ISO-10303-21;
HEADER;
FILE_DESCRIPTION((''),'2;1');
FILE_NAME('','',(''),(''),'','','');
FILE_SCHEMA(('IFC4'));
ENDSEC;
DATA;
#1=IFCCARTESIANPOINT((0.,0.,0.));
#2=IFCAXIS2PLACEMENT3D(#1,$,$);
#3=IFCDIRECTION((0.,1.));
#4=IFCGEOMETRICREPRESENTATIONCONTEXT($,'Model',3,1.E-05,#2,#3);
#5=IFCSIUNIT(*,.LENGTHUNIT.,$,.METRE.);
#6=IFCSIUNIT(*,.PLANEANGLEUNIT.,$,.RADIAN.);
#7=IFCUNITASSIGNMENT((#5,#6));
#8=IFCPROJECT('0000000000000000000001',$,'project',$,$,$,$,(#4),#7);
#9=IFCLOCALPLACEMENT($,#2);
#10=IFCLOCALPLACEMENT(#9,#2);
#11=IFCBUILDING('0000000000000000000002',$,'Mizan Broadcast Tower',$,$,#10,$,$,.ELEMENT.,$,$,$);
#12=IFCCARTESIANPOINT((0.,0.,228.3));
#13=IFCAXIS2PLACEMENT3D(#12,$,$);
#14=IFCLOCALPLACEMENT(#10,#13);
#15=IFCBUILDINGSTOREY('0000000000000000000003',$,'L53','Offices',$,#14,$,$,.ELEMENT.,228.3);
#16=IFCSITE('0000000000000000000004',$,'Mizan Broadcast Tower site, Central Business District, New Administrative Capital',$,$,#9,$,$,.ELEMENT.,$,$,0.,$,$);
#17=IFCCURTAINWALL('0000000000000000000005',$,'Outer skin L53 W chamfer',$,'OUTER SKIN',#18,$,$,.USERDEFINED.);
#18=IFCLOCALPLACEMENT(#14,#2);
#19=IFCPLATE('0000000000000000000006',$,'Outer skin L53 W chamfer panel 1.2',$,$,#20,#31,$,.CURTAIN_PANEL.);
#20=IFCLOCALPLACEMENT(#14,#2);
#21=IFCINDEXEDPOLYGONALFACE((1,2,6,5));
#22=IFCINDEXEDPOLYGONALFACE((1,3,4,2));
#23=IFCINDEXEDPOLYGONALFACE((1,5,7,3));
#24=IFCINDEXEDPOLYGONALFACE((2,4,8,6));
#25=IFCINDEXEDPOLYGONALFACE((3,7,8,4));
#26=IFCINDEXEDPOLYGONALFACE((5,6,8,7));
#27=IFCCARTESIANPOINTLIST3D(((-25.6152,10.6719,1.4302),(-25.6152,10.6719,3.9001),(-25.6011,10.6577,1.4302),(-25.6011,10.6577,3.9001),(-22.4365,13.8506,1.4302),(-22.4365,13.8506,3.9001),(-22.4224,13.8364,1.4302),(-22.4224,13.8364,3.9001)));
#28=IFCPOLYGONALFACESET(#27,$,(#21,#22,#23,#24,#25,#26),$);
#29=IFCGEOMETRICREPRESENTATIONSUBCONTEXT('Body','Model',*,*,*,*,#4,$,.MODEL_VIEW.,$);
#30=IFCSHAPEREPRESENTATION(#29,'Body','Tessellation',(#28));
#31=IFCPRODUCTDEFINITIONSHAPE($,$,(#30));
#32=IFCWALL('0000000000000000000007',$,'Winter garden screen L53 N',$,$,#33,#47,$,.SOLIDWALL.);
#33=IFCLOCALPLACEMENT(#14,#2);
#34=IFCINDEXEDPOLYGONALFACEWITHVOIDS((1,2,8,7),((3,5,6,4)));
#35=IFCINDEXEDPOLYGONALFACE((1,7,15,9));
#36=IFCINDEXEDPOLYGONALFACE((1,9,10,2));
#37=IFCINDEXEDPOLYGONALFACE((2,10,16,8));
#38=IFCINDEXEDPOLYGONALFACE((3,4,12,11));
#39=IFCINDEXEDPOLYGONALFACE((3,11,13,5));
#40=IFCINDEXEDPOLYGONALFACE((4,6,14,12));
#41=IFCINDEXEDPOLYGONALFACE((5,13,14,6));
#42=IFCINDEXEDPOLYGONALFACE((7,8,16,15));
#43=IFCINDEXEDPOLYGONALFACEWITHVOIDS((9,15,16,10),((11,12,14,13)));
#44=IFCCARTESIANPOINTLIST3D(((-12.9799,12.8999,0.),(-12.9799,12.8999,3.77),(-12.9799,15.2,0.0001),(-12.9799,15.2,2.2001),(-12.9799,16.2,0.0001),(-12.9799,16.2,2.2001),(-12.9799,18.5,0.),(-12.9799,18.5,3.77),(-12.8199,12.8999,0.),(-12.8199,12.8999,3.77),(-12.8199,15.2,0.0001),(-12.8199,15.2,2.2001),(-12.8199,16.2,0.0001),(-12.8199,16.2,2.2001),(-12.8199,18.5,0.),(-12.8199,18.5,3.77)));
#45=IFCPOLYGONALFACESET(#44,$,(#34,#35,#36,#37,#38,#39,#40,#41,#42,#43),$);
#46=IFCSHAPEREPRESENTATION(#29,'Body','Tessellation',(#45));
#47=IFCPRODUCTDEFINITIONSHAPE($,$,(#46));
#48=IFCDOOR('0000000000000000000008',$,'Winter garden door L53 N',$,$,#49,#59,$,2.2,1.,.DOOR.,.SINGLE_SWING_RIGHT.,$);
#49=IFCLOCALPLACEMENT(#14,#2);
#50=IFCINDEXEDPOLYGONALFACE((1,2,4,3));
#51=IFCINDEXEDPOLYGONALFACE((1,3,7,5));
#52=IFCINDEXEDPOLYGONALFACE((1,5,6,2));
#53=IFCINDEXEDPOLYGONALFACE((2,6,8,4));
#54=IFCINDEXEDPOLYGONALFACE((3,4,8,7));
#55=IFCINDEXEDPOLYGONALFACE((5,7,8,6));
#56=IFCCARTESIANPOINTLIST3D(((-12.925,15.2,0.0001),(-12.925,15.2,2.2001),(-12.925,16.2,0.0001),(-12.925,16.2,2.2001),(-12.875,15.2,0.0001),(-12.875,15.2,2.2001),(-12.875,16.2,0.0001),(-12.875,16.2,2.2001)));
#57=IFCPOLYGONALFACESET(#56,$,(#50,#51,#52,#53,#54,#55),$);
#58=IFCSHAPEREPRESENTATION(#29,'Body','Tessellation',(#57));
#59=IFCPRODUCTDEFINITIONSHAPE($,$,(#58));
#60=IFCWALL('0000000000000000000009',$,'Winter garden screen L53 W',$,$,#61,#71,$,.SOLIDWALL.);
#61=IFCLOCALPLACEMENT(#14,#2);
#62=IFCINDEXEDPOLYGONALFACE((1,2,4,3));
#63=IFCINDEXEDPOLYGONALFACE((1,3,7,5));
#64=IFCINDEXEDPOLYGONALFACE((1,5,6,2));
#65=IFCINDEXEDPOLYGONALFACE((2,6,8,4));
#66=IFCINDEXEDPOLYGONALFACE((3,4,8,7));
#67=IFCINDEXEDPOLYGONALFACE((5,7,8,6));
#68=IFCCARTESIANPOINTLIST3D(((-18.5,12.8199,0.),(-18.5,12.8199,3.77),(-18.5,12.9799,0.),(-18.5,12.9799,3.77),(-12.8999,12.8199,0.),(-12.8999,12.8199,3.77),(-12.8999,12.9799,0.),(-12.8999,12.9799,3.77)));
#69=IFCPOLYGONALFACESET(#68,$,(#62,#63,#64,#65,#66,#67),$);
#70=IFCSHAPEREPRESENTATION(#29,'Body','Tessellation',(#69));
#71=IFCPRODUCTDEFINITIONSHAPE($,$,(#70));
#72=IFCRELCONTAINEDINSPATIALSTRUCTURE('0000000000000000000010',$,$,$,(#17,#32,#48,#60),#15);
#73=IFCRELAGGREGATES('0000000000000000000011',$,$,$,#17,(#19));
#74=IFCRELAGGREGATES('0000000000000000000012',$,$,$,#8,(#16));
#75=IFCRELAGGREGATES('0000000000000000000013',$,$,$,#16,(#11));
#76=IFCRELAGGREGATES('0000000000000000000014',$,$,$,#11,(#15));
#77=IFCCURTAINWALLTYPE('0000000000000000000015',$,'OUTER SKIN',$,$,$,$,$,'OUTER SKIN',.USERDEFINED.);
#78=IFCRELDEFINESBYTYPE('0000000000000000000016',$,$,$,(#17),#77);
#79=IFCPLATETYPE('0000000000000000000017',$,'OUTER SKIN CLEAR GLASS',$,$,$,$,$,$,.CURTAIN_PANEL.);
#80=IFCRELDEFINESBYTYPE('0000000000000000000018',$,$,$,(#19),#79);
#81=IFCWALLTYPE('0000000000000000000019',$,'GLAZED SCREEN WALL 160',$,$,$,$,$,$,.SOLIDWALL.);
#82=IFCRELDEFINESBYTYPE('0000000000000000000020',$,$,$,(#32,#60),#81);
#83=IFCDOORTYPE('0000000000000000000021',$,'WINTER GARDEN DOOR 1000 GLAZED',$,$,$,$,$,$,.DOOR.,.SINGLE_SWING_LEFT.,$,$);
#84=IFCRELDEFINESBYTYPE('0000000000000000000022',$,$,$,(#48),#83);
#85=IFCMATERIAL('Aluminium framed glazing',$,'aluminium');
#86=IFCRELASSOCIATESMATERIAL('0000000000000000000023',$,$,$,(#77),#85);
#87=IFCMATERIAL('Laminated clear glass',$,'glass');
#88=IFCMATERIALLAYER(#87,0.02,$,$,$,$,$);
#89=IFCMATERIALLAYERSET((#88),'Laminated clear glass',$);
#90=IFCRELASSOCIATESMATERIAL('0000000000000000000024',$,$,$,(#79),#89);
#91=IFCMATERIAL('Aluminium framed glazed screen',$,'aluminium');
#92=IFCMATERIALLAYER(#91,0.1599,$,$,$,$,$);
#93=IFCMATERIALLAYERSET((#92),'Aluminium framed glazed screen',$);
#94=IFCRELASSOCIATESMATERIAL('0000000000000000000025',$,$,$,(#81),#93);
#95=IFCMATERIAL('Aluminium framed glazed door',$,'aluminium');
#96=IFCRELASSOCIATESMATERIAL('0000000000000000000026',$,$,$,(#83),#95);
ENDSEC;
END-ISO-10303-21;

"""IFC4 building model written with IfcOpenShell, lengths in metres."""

from ifc_helpers import new_model, si_unit, direction, frame, frame_2d, origin, origin_2d, place, context, subcontext, project, spatial, rectangle, extrude, material, layer, layer_set, type_object, element, fill, aggregate, save


model = new_model("IFC4")

# Units and contexts
model_context = context("Model", 3, precision=1e-05, world=origin(), true_north=direction((0.0, 1.0)))
body_context = subcontext(model_context, "Body", "Model", "MODEL_VIEW")
ifc_project = project(units=[si_unit("LENGTHUNIT", "METRE"), si_unit("PLANEANGLEUNIT", "RADIAN")], contexts=[model_context])

# Site, building, storey
site_placement = place(None, origin())
site = spatial("IfcSite", under=ifc_project, at=site_placement, Name="Mizan Broadcast Tower site, Central Business District, New Administrative Capital", CompositionType="ELEMENT", RefElevation=0.0)
building_placement = place(site_placement, origin())
building = spatial("IfcBuilding", under=site, at=building_placement, Name="Mizan Broadcast Tower", CompositionType="ELEMENT")
storey_placement = place(building_placement, frame((0.0, 0.0, 228.3)))
storey = spatial("IfcBuildingStorey", under=building, at=storey_placement, Name="L53", Description="Offices", CompositionType="ELEMENT", Elevation=228.3)

# Shared definitions
ifc_material_1 = material(Name="Aluminium framed glazing", Category="aluminium")
curtain_wall_type_1 = type_object("IfcCurtainWallType", Name="OUTER SKIN", ElementType="OUTER SKIN", PredefinedType="USERDEFINED", material=ifc_material_1)

# Curtain wall
curtain_wall_1_placement = place(storey_placement, origin())
curtain_wall_1 = element("IfcCurtainWall", 1, at=curtain_wall_1_placement, inside=storey, type_object=curtain_wall_type_1, Name="Outer skin L53 W chamfer", ObjectType="OUTER SKIN", PredefinedType="USERDEFINED")

# Plate
ifc_material_2 = material(Name="Laminated clear glass", Category="glass")
ifc_layer_1 = layer(ifc_material_2, 0.02)
ifc_layer_set_1 = layer_set([ifc_layer_1], Name="Laminated clear glass")
plate_type_1 = type_object("IfcPlateType", Name="OUTER SKIN CLEAR GLASS", PredefinedType="CURTAIN_PANEL", material=ifc_layer_set_1)
plate_1_placement = place(storey_placement, frame((-24.0188, 12.2542, 1.4302), z_axis=(0.0, 0.0, 1.0), x_axis=(-0.707107, -0.707107, 0.0)))
plate_1 = element("IfcPlate", 2, at=plate_1_placement, type_object=plate_type_1, Name="Outer skin L53 W chamfer panel 1.2", PredefinedType="CURTAIN_PANEL", context=body_context, shape_type="SweptSolid", body=[
    extrude(rectangle(XDim=4.4954, YDim=0.02, at=origin_2d()), origin(), (0.0, 0.0, 1.0), 2.47),
])
aggregate(curtain_wall_1, [plate_1])

# Wall, opening, door
ifc_material_3 = material(Name="Aluminium framed glazed screen", Category="aluminium")
ifc_layer_2 = layer(ifc_material_3, 0.1599)
ifc_layer_set_2 = layer_set([ifc_layer_2], Name="Aluminium framed glazed screen")
wall_type = type_object("IfcWallType", Name="GLAZED SCREEN WALL 160", PredefinedType="SOLIDWALL", material=ifc_layer_set_2)
wall_1_placement = place(storey_placement, frame((-12.8999, 18.5, 0.0), z_axis=(0.0, 0.0, 1.0), x_axis=(0.0, -1.0, 0.0)))
wall_1 = element("IfcWall", 3, at=wall_1_placement, inside=storey, type_object=wall_type, Name="Winter garden screen L53 N", PredefinedType="SOLIDWALL", context=body_context, shape_type="SweptSolid", body=[
    extrude(rectangle(XDim=5.6001, YDim=0.1599, at=frame_2d((2.8, 0.0))), origin(), (0.0, 0.0, 1.0), 3.77),
])
opening_placement = place(wall_1_placement, frame((2.3, 0.0, 0.0)))
opening = element("IfcOpeningElement", 4, at=opening_placement, cuts=wall_1, PredefinedType="OPENING", context=body_context, shape_type="SweptSolid", body=[
    extrude(rectangle(XDim=1.0, YDim=2.2, at=frame_2d((0.5, 1.1001))), frame((0.0, 0.0898, 0.0), z_axis=(0.0, -1.0, 0.0), x_axis=(1.0, 0.0, 0.0)), (0.0, 0.0, 1.0), 0.1799),
])
ifc_material_4 = material(Name="Aluminium framed glazed door", Category="aluminium")
door_type = type_object("IfcDoorType", Name="WINTER GARDEN DOOR 1000 GLAZED", OperationType="SINGLE_SWING_LEFT", PredefinedType="DOOR", material=ifc_material_4)
door_placement = place(opening_placement, origin())
door = element("IfcDoor", 5, at=door_placement, inside=storey, type_object=door_type, Name="Winter garden door L53 N", OperationType="SINGLE_SWING_RIGHT", OverallHeight=2.2, OverallWidth=1.0, PredefinedType="DOOR", context=body_context, shape_type="SweptSolid", body=[
    extrude(rectangle(XDim=1.0, YDim=2.2, at=frame_2d((0.5, 1.1001))), frame((0.0, 0.0249, 0.0), z_axis=(0.0, -1.0, 0.0), x_axis=(1.0, 0.0, 0.0)), (0.0, 0.0, 1.0), 0.05),
])
fill(opening, door)

# Wall
wall_2_placement = place(storey_placement, frame((-12.8999, 12.8999, 0.0), z_axis=(0.0, 0.0, 1.0), x_axis=(-1.0, 0.0, 0.0)))
element("IfcWall", 6, at=wall_2_placement, inside=storey, type_object=wall_type, Name="Winter garden screen L53 W", PredefinedType="SOLIDWALL", context=body_context, shape_type="SweptSolid", body=[
    extrude(rectangle(XDim=5.6001, YDim=0.1599, at=frame_2d((2.8, 0.0))), origin(), (0.0, 0.0, 1.0), 3.77),
])

save(model, "model.ifc")
